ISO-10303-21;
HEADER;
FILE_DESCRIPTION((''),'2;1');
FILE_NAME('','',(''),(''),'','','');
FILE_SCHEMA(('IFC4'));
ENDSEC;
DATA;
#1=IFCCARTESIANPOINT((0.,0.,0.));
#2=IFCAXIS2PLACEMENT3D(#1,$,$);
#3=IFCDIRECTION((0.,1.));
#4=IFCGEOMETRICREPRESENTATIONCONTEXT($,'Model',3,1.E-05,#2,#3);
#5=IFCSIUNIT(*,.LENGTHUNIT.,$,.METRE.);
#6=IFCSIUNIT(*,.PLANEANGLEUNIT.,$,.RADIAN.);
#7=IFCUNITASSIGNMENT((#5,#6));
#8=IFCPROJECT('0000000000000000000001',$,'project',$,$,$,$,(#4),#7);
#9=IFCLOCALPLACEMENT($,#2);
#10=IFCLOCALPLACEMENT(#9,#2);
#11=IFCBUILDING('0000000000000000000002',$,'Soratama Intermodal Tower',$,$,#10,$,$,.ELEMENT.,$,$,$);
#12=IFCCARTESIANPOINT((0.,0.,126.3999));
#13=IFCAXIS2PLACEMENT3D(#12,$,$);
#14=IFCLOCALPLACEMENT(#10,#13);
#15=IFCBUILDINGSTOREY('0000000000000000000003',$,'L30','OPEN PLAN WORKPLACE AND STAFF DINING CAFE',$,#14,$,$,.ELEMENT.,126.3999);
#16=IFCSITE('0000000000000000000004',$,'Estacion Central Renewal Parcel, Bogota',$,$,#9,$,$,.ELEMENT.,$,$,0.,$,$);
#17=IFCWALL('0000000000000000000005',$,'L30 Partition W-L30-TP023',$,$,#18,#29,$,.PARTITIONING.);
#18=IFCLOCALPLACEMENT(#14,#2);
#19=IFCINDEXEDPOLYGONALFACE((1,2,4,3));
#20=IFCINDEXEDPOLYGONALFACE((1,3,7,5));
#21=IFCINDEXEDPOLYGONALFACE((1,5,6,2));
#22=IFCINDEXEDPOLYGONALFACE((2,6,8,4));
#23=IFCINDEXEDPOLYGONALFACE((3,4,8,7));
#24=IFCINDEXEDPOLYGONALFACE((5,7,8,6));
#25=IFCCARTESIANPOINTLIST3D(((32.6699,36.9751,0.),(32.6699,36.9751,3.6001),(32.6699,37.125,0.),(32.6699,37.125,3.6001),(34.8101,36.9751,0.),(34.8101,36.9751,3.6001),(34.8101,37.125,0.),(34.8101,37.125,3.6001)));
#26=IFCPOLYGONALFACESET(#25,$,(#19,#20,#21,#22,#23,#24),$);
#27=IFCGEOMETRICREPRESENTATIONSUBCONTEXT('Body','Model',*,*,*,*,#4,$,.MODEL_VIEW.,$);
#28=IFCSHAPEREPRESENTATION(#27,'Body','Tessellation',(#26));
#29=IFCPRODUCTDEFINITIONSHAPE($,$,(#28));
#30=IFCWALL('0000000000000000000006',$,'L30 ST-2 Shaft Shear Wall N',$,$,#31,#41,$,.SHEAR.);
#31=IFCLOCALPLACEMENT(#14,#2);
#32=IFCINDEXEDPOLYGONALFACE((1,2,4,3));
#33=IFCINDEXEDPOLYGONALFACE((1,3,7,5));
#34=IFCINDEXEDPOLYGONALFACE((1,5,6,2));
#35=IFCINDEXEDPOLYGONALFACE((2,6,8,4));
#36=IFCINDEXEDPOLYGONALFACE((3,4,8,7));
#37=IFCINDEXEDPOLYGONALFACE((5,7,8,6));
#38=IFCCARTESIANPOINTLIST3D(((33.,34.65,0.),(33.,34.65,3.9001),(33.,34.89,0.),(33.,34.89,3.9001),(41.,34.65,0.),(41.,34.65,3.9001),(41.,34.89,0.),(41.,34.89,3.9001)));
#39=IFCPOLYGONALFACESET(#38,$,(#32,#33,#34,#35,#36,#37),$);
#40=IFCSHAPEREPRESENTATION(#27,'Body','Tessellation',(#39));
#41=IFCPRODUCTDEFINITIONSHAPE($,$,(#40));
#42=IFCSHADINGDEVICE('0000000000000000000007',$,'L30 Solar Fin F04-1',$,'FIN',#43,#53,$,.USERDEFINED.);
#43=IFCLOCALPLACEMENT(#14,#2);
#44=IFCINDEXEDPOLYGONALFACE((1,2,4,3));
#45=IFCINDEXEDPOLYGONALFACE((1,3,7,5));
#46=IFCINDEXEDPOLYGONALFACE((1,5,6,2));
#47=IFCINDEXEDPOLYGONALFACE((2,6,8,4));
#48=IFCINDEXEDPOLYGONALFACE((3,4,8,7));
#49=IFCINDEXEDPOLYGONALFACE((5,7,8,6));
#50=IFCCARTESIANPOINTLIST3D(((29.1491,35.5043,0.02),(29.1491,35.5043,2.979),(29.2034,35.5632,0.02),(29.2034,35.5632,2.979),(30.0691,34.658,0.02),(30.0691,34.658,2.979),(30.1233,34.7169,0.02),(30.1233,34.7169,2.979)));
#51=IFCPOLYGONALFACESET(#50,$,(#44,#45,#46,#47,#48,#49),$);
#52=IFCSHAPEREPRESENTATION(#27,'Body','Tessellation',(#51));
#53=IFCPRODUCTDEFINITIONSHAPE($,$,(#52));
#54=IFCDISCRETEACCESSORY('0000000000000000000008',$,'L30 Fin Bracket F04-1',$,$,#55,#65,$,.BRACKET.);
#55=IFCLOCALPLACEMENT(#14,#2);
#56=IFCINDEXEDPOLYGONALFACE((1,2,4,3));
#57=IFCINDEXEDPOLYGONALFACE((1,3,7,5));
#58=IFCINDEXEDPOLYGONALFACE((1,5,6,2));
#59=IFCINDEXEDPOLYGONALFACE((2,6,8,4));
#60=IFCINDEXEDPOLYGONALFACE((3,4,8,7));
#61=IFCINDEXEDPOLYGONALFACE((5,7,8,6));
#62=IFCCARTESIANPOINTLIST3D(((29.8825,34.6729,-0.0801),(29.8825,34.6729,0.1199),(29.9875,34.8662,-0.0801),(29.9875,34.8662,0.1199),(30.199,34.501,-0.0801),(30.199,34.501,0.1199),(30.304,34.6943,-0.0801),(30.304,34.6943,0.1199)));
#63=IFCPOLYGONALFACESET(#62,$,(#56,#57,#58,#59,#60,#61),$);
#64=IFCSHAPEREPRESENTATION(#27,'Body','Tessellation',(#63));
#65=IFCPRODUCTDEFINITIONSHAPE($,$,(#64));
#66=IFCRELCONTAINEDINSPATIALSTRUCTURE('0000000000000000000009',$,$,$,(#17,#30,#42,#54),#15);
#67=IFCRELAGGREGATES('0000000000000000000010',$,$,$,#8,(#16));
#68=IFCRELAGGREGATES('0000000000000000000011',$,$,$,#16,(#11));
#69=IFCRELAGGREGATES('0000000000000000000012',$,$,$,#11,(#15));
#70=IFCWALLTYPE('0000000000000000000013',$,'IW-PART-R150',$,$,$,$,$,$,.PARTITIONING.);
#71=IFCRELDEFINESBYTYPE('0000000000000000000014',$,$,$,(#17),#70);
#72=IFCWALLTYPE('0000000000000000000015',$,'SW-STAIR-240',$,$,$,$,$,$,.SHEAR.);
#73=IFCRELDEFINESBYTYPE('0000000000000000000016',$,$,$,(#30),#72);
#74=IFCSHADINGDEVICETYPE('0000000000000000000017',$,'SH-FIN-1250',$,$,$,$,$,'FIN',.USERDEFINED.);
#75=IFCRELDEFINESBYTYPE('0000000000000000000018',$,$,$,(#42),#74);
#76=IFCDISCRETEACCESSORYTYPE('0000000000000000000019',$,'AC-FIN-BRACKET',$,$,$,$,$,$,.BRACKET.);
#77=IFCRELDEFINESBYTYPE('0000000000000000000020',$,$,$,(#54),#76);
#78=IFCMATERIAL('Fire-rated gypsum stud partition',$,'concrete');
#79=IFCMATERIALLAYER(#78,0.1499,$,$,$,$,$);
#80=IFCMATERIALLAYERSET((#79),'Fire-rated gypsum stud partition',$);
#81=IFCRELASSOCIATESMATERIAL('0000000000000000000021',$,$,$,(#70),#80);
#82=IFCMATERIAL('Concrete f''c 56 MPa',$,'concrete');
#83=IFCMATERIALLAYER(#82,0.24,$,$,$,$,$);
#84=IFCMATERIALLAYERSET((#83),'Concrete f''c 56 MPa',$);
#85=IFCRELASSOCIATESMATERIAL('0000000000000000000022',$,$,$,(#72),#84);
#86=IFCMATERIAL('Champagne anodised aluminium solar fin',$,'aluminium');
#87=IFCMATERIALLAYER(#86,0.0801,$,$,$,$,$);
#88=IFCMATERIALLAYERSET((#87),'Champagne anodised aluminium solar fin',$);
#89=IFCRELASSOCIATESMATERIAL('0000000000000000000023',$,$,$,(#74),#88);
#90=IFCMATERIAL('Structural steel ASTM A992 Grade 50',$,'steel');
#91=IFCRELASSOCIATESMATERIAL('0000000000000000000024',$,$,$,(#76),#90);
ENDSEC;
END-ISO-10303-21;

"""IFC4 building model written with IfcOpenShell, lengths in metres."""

from ifc_helpers import new_model, si_unit, direction, frame, frame_2d, origin, origin_2d, place, context, subcontext, project, spatial, rectangle, extrude, material, layer, layer_set, type_object, element, save


model = new_model("IFC4")

# Units and contexts
model_context = context("Model", 3, precision=1e-05, world=origin(), true_north=direction((0.0, 1.0)))
body_context = subcontext(model_context, "Body", "Model", "MODEL_VIEW")
ifc_project = project(units=[si_unit("LENGTHUNIT", "METRE"), si_unit("PLANEANGLEUNIT", "RADIAN")], contexts=[model_context])

# Site, building, storey
site_placement = place(None, origin())
site = spatial("IfcSite", under=ifc_project, at=site_placement, Name="Estacion Central Renewal Parcel, Bogota", CompositionType="ELEMENT", RefElevation=0.0)
building_placement = place(site_placement, origin())
building = spatial("IfcBuilding", under=site, at=building_placement, Name="Soratama Intermodal Tower", CompositionType="ELEMENT")
storey_placement = place(building_placement, frame((0.0, 0.0, 126.3999)))
storey = spatial("IfcBuildingStorey", under=building, at=storey_placement, Name="L30", Description="OPEN PLAN WORKPLACE AND STAFF DINING CAFE", CompositionType="ELEMENT", Elevation=126.3999)

# Wall
ifc_material_1 = material(Name="Fire-rated gypsum stud partition", Category="concrete")
ifc_layer_1 = layer(ifc_material_1, 0.1499)
ifc_layer_set_1 = layer_set([ifc_layer_1], Name="Fire-rated gypsum stud partition")
wall_type_1 = type_object("IfcWallType", Name="IW-PART-R150", PredefinedType="PARTITIONING", material=ifc_layer_set_1)
wall_1_placement = place(storey_placement, frame((32.6699, 37.05, 0.0), z_axis=(0.0, 0.0, 1.0), x_axis=(1.0, 0.0, 0.0)))
element("IfcWall", 1, at=wall_1_placement, inside=storey, type_object=wall_type_1, Name="L30 Partition W-L30-TP023", PredefinedType="PARTITIONING", context=body_context, shape_type="SweptSolid", body=[
    extrude(rectangle(XDim=2.1401, YDim=0.1499, at=frame_2d((1.0701, 0.0))), origin(), (0.0, 0.0, 1.0), 3.6001),
])

# Wall
ifc_material_2 = material(Name="Concrete f'c 56 MPa", Category="concrete")
ifc_layer_2 = layer(ifc_material_2, 0.24)
ifc_layer_set_2 = layer_set([ifc_layer_2], Name="Concrete f'c 56 MPa")
wall_type_2 = type_object("IfcWallType", Name="SW-STAIR-240", PredefinedType="SHEAR", material=ifc_layer_set_2)
wall_2_placement = place(storey_placement, frame((33.0, 34.77, 0.0), z_axis=(0.0, 0.0, 1.0), x_axis=(1.0, 0.0, 0.0)))
element("IfcWall", 2, at=wall_2_placement, inside=storey, type_object=wall_type_2, Name="L30 ST-2 Shaft Shear Wall N", PredefinedType="SHEAR", context=body_context, shape_type="SweptSolid", body=[
    extrude(rectangle(XDim=8.0, YDim=0.24, at=frame_2d((4.0, 0.0))), origin(), (0.0, 0.0, 1.0), 3.9001),
])

# Shading device
ifc_material_3 = material(Name="Champagne anodised aluminium solar fin", Category="aluminium")
ifc_layer_3 = layer(ifc_material_3, 0.0801)
ifc_layer_set_3 = layer_set([ifc_layer_3], Name="Champagne anodised aluminium solar fin")
shading_device_type = type_object("IfcShadingDeviceType", Name="SH-FIN-1250", ElementType="FIN", PredefinedType="USERDEFINED", material=ifc_layer_set_3)
shading_device_placement = place(storey_placement, frame((29.6362, 35.1106, 0.02), z_axis=(0.0, 0.0, 1.0), x_axis=(-0.735979, 0.677004, 0.0)))
element("IfcShadingDevice", 3, at=shading_device_placement, inside=storey, type_object=shading_device_type, Name="L30 Solar Fin F04-1", ObjectType="FIN", PredefinedType="USERDEFINED", context=body_context, shape_type="SweptSolid", body=[
    extrude(rectangle(XDim=1.25, YDim=0.0801, at=origin_2d()), origin(), (0.0, 0.0, 1.0), 2.959),
])

# Discrete accessory
ifc_material_4 = material(Name="Structural steel ASTM A992 Grade 50", Category="steel")
discrete_accessory_type = type_object("IfcDiscreteAccessoryType", Name="AC-FIN-BRACKET", PredefinedType="BRACKET", material=ifc_material_4)
discrete_accessory_placement = place(storey_placement, frame((30.0933, 34.6836, -0.0801), z_axis=(0.0, 0.0, 1.0), x_axis=(-0.878817, 0.477159, 0.0)))
element("IfcDiscreteAccessory", 4, at=discrete_accessory_placement, inside=storey, type_object=discrete_accessory_type, Name="L30 Fin Bracket F04-1", PredefinedType="BRACKET", context=body_context, shape_type="SweptSolid", body=[
    extrude(rectangle(XDim=0.3601, YDim=0.22, at=origin_2d()), origin(), (0.0, 0.0, 1.0), 0.2),
])

save(model, "model.ifc")
